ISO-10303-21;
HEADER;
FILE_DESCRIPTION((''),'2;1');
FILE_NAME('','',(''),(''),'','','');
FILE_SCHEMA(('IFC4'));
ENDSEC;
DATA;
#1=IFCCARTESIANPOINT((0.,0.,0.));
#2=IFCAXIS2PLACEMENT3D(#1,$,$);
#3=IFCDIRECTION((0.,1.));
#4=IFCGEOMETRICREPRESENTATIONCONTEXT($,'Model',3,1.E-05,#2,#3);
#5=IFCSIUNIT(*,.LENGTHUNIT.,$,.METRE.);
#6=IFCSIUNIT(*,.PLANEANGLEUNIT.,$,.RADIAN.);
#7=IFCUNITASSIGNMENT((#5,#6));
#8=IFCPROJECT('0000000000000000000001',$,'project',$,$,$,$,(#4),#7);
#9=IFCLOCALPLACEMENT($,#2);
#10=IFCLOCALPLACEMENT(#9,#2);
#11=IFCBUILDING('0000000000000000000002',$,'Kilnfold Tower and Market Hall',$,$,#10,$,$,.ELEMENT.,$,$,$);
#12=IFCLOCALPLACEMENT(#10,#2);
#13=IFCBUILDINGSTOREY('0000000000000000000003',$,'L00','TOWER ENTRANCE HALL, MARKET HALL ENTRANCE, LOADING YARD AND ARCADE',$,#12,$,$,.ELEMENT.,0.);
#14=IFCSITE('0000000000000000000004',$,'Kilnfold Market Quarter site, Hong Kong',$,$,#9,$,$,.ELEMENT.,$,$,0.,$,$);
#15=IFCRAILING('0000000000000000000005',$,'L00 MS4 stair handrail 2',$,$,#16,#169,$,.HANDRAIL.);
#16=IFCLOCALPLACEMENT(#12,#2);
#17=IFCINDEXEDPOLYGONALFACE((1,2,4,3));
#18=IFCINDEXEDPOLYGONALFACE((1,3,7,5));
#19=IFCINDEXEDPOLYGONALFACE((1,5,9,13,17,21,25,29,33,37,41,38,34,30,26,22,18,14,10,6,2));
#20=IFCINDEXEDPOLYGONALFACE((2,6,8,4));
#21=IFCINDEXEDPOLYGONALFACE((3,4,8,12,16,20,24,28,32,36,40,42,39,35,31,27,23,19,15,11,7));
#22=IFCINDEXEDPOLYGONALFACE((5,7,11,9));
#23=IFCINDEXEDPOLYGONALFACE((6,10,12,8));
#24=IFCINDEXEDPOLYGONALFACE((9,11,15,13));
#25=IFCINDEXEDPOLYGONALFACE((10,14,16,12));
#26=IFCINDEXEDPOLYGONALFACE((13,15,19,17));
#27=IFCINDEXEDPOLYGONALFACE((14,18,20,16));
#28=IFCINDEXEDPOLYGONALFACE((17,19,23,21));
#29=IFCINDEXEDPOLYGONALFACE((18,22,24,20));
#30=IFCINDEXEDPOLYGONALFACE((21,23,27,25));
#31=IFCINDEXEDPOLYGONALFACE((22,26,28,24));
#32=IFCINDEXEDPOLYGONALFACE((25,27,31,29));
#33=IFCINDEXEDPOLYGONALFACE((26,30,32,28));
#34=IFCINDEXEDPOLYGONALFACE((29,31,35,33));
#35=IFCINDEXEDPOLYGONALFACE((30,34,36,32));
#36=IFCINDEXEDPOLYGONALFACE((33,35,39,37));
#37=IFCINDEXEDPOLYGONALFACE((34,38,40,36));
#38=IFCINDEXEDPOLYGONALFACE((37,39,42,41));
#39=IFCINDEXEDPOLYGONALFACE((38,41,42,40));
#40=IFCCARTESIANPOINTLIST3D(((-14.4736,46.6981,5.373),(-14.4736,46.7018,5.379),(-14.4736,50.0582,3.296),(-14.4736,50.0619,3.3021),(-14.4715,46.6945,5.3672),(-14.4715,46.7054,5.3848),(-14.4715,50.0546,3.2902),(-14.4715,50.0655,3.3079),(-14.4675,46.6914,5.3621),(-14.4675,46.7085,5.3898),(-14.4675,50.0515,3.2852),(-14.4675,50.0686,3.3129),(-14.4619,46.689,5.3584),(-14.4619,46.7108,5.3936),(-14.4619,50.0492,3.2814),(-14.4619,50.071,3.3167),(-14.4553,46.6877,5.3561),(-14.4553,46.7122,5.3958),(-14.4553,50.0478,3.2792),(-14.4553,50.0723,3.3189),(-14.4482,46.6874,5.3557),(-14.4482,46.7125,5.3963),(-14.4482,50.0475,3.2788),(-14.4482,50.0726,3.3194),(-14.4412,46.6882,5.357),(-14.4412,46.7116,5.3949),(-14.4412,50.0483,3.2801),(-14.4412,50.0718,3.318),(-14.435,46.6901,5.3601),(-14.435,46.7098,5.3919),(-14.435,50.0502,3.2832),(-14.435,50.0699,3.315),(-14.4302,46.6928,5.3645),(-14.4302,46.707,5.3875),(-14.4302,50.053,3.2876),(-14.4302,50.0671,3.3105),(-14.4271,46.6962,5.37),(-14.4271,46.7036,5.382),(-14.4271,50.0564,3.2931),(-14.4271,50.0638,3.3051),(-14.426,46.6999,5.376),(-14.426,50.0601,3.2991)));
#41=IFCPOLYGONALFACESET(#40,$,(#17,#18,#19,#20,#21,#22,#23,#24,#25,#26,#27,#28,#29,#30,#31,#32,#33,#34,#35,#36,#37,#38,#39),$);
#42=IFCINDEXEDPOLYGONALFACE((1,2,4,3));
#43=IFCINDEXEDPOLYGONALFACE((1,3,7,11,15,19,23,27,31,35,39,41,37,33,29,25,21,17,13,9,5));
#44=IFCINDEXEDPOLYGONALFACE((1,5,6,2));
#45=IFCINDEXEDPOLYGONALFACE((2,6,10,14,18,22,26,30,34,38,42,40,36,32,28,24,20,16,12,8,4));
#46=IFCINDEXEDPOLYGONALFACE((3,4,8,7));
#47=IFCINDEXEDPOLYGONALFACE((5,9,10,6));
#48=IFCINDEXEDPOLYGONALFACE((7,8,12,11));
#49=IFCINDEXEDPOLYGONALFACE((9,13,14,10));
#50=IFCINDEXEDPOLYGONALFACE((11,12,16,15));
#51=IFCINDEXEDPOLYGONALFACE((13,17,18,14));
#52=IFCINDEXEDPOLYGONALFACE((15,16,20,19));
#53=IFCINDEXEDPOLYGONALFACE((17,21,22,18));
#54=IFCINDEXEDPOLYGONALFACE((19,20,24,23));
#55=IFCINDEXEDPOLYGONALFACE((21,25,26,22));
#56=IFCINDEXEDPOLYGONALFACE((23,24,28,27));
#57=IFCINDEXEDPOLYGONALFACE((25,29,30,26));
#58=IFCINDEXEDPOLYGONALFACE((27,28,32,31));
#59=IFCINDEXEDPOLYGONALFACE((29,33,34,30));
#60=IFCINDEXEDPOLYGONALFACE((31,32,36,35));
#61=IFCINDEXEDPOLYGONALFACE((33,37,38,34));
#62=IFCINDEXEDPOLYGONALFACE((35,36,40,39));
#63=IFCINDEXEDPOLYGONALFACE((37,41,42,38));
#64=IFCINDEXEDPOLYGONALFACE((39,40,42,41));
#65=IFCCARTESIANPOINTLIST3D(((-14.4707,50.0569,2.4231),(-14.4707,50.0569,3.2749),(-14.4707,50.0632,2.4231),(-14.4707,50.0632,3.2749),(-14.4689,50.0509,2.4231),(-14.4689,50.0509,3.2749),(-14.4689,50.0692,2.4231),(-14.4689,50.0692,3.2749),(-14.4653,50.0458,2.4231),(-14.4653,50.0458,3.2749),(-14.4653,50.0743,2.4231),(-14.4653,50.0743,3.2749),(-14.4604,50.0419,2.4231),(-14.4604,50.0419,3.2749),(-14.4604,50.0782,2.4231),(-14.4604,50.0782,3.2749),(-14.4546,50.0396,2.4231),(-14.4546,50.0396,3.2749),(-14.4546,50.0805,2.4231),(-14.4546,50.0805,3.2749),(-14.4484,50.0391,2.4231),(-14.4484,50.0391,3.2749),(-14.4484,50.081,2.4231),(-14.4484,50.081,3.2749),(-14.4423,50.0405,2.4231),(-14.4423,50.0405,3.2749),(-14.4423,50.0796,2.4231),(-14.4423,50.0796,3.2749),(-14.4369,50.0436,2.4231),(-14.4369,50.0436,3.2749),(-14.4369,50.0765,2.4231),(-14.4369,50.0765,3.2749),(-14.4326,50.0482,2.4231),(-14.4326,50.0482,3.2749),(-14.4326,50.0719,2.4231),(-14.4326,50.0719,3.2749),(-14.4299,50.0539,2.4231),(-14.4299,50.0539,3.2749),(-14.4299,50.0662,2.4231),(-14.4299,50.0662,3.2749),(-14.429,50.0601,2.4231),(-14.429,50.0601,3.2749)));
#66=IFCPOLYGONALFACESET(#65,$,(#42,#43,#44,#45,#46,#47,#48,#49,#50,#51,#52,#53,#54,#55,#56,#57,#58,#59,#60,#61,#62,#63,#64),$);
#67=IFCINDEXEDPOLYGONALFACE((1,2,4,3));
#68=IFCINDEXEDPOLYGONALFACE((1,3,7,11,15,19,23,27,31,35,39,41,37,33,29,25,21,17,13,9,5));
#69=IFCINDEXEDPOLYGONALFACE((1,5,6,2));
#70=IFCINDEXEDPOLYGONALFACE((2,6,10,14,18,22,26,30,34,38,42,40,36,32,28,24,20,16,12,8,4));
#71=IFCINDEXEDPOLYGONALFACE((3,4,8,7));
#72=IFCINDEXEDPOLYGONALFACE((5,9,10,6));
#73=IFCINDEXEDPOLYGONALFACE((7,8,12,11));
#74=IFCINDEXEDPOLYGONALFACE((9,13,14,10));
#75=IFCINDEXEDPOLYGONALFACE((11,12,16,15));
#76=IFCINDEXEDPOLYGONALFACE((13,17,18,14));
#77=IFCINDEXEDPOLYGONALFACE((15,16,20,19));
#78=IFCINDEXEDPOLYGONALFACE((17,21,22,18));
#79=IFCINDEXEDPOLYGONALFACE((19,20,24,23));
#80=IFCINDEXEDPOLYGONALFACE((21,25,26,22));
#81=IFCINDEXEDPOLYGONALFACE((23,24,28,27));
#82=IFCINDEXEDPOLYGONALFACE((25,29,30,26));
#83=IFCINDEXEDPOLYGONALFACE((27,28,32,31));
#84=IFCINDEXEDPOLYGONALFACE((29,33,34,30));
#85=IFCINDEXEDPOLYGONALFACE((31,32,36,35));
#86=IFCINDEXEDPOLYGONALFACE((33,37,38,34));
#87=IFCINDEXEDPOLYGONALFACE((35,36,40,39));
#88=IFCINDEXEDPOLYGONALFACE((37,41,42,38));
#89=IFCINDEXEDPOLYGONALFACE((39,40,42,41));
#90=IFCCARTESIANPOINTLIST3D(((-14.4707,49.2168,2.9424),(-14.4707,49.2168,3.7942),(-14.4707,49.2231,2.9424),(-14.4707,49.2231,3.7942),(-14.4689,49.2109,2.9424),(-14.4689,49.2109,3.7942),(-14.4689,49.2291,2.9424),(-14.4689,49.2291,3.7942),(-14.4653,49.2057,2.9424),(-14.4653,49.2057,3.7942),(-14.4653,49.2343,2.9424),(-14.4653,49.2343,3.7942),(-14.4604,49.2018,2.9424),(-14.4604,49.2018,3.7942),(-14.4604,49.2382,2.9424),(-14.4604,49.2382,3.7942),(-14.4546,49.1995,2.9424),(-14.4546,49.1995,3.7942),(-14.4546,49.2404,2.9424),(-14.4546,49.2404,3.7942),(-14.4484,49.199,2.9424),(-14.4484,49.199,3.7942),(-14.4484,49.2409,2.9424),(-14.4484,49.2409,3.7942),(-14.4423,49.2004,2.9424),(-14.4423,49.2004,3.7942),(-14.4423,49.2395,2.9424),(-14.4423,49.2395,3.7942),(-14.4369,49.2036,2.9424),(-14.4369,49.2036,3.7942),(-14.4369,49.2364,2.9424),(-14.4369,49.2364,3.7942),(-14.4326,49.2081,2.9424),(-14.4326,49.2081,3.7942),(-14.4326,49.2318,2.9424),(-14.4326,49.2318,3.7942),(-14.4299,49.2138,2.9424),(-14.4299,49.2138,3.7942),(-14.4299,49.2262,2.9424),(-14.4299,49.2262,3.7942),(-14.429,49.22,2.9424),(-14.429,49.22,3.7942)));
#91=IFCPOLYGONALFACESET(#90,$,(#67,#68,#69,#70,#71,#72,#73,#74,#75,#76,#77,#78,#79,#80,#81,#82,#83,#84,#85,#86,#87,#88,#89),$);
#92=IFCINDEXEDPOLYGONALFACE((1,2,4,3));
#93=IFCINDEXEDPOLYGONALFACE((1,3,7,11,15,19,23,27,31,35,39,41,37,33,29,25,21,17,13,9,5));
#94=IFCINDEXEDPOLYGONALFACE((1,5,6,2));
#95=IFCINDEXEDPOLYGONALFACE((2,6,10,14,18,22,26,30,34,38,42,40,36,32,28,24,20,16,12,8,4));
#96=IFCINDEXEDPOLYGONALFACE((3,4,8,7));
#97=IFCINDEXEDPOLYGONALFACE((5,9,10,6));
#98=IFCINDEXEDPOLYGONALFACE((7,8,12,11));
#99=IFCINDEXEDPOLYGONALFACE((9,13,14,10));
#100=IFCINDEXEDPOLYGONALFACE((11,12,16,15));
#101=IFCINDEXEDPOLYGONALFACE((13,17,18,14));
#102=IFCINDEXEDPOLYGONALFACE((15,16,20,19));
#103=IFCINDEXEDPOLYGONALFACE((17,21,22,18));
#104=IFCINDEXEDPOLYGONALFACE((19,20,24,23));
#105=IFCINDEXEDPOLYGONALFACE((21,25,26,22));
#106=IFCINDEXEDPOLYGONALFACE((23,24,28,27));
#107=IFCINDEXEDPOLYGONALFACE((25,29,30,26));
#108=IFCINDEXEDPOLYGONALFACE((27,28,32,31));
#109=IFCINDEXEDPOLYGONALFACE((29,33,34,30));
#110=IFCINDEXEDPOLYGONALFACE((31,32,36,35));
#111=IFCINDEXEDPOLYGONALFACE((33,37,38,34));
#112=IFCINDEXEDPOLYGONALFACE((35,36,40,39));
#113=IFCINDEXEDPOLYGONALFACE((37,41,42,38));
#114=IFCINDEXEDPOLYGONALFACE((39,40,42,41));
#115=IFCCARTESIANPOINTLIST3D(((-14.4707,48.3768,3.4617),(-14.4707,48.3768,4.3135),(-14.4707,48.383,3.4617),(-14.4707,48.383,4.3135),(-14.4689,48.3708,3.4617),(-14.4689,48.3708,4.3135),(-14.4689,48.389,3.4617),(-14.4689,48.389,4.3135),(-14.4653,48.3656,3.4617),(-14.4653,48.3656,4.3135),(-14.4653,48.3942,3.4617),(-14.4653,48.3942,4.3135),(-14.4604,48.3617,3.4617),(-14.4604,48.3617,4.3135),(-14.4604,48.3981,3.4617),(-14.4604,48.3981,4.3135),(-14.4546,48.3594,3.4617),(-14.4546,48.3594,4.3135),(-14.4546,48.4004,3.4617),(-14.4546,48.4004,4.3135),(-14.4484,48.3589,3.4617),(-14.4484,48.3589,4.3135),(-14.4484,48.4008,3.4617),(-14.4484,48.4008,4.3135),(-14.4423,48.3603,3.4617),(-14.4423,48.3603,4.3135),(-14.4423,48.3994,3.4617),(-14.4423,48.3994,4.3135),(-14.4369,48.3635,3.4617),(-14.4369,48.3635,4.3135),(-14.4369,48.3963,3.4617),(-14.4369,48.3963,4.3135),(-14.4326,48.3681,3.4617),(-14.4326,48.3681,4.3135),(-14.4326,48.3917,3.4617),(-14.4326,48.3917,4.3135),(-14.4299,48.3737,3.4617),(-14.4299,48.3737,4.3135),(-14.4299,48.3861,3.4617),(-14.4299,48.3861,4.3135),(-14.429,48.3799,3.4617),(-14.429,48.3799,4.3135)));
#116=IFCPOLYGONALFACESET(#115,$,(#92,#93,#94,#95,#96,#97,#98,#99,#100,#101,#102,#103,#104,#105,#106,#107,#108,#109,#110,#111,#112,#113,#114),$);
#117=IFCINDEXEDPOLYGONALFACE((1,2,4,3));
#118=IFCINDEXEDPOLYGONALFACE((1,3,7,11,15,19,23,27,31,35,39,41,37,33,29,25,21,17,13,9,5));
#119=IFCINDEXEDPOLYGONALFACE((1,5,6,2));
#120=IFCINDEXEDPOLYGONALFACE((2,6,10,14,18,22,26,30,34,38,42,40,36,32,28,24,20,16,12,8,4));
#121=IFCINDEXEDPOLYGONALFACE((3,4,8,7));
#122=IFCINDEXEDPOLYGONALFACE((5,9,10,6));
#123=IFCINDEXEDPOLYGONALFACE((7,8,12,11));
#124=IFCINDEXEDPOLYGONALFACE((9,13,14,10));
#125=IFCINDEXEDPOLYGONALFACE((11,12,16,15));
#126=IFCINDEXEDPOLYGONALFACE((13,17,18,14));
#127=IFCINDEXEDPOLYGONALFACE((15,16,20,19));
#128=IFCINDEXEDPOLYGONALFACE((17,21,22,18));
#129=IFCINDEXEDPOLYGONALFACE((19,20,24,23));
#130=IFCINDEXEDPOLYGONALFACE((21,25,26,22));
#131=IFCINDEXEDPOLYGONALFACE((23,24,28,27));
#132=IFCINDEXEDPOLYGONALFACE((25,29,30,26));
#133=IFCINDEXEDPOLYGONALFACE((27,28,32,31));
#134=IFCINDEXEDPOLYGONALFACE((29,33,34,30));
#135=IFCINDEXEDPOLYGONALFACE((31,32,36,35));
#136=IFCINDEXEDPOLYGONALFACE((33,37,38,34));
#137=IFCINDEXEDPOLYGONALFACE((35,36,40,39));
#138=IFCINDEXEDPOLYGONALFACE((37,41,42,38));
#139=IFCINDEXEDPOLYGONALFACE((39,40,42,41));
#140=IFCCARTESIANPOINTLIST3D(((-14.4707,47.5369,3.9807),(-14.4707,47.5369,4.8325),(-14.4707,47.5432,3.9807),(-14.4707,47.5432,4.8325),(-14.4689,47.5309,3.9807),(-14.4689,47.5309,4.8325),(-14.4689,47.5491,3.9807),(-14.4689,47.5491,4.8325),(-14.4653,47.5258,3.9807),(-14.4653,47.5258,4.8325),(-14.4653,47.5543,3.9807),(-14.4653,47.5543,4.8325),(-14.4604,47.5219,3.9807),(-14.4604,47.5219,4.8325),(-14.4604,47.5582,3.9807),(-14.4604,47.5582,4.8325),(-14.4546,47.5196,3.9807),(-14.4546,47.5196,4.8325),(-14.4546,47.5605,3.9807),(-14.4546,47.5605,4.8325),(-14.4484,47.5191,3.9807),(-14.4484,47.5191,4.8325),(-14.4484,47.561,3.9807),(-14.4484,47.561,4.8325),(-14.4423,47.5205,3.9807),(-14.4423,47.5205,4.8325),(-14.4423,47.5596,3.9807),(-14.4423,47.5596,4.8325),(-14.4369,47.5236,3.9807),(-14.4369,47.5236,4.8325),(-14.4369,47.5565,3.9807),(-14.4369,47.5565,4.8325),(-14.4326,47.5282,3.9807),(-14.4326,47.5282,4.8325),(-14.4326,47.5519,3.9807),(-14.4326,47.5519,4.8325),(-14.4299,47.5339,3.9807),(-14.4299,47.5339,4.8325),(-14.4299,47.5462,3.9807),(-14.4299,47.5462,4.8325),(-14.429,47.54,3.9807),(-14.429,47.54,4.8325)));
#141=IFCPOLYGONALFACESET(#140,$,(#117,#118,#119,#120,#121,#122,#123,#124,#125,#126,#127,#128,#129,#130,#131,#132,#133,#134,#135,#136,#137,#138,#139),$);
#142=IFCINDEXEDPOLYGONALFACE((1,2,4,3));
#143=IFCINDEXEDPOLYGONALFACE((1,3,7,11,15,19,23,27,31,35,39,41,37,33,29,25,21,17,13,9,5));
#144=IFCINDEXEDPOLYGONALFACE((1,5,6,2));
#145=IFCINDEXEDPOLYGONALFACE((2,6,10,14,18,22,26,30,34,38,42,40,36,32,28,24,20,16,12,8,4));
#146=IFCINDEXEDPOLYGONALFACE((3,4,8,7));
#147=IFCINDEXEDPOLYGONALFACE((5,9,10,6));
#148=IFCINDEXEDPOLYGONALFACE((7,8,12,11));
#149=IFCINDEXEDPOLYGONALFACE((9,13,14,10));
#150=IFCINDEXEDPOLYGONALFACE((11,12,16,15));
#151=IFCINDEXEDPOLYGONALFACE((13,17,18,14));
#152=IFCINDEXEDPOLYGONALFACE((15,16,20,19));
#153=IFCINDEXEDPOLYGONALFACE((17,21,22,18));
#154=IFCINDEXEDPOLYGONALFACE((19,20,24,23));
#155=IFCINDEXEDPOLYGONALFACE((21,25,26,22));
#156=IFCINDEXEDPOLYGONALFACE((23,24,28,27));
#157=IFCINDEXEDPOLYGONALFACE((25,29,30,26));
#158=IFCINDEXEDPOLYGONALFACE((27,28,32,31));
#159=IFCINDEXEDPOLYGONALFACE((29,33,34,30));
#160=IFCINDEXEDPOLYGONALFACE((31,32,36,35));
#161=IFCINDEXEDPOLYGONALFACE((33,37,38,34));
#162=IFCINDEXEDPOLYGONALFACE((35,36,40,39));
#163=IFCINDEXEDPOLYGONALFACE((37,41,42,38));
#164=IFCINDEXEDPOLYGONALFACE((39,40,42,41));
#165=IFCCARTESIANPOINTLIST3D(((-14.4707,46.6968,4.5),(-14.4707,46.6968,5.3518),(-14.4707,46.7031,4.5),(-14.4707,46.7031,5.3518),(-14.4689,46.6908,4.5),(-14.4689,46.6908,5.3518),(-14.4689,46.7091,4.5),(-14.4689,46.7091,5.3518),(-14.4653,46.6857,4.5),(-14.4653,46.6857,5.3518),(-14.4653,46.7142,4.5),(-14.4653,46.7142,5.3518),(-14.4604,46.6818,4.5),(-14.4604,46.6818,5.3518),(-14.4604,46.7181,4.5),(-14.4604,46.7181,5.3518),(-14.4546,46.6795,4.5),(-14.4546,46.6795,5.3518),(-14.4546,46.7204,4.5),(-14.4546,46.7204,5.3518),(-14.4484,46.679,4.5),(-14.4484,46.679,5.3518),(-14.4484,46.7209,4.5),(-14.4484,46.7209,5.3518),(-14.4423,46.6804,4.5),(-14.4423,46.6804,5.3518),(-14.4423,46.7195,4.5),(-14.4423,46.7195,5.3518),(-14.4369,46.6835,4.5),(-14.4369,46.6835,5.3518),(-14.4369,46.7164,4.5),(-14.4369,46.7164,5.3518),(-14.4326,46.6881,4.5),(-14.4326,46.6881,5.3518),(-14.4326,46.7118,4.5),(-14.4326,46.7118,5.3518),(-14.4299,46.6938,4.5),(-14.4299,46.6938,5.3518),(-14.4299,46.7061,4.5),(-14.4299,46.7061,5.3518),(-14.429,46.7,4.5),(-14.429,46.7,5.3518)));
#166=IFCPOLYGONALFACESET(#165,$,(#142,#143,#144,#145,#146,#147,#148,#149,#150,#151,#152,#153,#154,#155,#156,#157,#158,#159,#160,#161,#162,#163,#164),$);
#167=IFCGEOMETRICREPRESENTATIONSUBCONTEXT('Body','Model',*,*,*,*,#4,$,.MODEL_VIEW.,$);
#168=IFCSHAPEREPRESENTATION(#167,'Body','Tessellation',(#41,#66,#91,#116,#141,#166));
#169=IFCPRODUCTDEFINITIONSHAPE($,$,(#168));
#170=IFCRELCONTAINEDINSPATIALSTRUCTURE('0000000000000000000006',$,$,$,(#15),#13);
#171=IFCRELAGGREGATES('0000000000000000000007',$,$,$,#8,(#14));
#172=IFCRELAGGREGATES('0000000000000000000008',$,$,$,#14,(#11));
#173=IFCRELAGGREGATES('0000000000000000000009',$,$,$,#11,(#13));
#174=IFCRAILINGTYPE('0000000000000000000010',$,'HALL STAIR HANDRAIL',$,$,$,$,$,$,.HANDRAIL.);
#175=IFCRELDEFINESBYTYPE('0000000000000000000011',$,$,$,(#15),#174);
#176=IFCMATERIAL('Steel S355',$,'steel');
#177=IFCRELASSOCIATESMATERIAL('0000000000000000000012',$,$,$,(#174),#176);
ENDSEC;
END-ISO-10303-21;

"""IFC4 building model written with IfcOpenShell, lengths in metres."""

from ifc_helpers import new_model, si_unit, direction, frame, origin, origin_2d, place, context, subcontext, project, spatial, circle, extrude, material, type_object, element, save


model = new_model("IFC4")

# Units and contexts
model_context = context("Model", 3, precision=1e-05, world=origin(), true_north=direction((0.0, 1.0)))
body_context = subcontext(model_context, "Body", "Model", "MODEL_VIEW")
ifc_project = project(units=[si_unit("LENGTHUNIT", "METRE"), si_unit("PLANEANGLEUNIT", "RADIAN")], contexts=[model_context])

# Site, building, storey
site_placement = place(None, origin())
site = spatial("IfcSite", under=ifc_project, at=site_placement, Name="Kilnfold Market Quarter site, Hong Kong", CompositionType="ELEMENT", RefElevation=0.0)
building_placement = place(site_placement, origin())
building = spatial("IfcBuilding", under=site, at=building_placement, Name="Kilnfold Tower and Market Hall", CompositionType="ELEMENT")
storey_placement = place(building_placement, origin())
storey = spatial("IfcBuildingStorey", under=building, at=storey_placement, Name="L00", Description="TOWER ENTRANCE HALL, MARKET HALL ENTRANCE, LOADING YARD AND ARCADE", CompositionType="ELEMENT", Elevation=0.0)

# Railing
ifc_material_1 = material(Name="Steel S355", Category="steel")
railing_type_1 = type_object("IfcRailingType", Name="HALL STAIR HANDRAIL", PredefinedType="HANDRAIL", material=ifc_material_1)
for number, where, name in (
    (1, (-14.45, 50.0601, 2.4231), "L00 MS4 stair handrail 2"),
):
    element("IfcRailing", number, at=place(storey_placement, frame(where)), inside=storey, type_object=railing_type_1, Name=name, PredefinedType="HANDRAIL", context=body_context, shape_type="SweptSolid", body=[
        extrude(circle(Radius=0.0239, at=origin_2d()), frame((0.0, 0.0, 0.876), z_axis=(0.0, -0.850623, 0.525776), x_axis=(1.0, 0.0, 0.0)), (0.0, 0.0, 1.0), 3.9502),
        extrude(circle(Radius=0.021, at=origin_2d()), origin(), (0.0, 0.0, 1.0), 0.8518),
        extrude(circle(Radius=0.021, at=origin_2d()), frame((0.0, -0.8401, 0.5193)), (0.0, 0.0, 1.0), 0.8518),
        extrude(circle(Radius=0.021, at=origin_2d()), frame((0.0, -1.6802, 1.0386)), (0.0, 0.0, 1.0), 0.8518),
        extrude(circle(Radius=0.021, at=origin_2d()), frame((0.0, -2.52, 1.5576)), (0.0, 0.0, 1.0), 0.8518),
        extrude(circle(Radius=0.021, at=origin_2d()), frame((0.0, -3.3601, 2.0769)), (0.0, 0.0, 1.0), 0.8518),
    ])

save(model, "model.ifc")
